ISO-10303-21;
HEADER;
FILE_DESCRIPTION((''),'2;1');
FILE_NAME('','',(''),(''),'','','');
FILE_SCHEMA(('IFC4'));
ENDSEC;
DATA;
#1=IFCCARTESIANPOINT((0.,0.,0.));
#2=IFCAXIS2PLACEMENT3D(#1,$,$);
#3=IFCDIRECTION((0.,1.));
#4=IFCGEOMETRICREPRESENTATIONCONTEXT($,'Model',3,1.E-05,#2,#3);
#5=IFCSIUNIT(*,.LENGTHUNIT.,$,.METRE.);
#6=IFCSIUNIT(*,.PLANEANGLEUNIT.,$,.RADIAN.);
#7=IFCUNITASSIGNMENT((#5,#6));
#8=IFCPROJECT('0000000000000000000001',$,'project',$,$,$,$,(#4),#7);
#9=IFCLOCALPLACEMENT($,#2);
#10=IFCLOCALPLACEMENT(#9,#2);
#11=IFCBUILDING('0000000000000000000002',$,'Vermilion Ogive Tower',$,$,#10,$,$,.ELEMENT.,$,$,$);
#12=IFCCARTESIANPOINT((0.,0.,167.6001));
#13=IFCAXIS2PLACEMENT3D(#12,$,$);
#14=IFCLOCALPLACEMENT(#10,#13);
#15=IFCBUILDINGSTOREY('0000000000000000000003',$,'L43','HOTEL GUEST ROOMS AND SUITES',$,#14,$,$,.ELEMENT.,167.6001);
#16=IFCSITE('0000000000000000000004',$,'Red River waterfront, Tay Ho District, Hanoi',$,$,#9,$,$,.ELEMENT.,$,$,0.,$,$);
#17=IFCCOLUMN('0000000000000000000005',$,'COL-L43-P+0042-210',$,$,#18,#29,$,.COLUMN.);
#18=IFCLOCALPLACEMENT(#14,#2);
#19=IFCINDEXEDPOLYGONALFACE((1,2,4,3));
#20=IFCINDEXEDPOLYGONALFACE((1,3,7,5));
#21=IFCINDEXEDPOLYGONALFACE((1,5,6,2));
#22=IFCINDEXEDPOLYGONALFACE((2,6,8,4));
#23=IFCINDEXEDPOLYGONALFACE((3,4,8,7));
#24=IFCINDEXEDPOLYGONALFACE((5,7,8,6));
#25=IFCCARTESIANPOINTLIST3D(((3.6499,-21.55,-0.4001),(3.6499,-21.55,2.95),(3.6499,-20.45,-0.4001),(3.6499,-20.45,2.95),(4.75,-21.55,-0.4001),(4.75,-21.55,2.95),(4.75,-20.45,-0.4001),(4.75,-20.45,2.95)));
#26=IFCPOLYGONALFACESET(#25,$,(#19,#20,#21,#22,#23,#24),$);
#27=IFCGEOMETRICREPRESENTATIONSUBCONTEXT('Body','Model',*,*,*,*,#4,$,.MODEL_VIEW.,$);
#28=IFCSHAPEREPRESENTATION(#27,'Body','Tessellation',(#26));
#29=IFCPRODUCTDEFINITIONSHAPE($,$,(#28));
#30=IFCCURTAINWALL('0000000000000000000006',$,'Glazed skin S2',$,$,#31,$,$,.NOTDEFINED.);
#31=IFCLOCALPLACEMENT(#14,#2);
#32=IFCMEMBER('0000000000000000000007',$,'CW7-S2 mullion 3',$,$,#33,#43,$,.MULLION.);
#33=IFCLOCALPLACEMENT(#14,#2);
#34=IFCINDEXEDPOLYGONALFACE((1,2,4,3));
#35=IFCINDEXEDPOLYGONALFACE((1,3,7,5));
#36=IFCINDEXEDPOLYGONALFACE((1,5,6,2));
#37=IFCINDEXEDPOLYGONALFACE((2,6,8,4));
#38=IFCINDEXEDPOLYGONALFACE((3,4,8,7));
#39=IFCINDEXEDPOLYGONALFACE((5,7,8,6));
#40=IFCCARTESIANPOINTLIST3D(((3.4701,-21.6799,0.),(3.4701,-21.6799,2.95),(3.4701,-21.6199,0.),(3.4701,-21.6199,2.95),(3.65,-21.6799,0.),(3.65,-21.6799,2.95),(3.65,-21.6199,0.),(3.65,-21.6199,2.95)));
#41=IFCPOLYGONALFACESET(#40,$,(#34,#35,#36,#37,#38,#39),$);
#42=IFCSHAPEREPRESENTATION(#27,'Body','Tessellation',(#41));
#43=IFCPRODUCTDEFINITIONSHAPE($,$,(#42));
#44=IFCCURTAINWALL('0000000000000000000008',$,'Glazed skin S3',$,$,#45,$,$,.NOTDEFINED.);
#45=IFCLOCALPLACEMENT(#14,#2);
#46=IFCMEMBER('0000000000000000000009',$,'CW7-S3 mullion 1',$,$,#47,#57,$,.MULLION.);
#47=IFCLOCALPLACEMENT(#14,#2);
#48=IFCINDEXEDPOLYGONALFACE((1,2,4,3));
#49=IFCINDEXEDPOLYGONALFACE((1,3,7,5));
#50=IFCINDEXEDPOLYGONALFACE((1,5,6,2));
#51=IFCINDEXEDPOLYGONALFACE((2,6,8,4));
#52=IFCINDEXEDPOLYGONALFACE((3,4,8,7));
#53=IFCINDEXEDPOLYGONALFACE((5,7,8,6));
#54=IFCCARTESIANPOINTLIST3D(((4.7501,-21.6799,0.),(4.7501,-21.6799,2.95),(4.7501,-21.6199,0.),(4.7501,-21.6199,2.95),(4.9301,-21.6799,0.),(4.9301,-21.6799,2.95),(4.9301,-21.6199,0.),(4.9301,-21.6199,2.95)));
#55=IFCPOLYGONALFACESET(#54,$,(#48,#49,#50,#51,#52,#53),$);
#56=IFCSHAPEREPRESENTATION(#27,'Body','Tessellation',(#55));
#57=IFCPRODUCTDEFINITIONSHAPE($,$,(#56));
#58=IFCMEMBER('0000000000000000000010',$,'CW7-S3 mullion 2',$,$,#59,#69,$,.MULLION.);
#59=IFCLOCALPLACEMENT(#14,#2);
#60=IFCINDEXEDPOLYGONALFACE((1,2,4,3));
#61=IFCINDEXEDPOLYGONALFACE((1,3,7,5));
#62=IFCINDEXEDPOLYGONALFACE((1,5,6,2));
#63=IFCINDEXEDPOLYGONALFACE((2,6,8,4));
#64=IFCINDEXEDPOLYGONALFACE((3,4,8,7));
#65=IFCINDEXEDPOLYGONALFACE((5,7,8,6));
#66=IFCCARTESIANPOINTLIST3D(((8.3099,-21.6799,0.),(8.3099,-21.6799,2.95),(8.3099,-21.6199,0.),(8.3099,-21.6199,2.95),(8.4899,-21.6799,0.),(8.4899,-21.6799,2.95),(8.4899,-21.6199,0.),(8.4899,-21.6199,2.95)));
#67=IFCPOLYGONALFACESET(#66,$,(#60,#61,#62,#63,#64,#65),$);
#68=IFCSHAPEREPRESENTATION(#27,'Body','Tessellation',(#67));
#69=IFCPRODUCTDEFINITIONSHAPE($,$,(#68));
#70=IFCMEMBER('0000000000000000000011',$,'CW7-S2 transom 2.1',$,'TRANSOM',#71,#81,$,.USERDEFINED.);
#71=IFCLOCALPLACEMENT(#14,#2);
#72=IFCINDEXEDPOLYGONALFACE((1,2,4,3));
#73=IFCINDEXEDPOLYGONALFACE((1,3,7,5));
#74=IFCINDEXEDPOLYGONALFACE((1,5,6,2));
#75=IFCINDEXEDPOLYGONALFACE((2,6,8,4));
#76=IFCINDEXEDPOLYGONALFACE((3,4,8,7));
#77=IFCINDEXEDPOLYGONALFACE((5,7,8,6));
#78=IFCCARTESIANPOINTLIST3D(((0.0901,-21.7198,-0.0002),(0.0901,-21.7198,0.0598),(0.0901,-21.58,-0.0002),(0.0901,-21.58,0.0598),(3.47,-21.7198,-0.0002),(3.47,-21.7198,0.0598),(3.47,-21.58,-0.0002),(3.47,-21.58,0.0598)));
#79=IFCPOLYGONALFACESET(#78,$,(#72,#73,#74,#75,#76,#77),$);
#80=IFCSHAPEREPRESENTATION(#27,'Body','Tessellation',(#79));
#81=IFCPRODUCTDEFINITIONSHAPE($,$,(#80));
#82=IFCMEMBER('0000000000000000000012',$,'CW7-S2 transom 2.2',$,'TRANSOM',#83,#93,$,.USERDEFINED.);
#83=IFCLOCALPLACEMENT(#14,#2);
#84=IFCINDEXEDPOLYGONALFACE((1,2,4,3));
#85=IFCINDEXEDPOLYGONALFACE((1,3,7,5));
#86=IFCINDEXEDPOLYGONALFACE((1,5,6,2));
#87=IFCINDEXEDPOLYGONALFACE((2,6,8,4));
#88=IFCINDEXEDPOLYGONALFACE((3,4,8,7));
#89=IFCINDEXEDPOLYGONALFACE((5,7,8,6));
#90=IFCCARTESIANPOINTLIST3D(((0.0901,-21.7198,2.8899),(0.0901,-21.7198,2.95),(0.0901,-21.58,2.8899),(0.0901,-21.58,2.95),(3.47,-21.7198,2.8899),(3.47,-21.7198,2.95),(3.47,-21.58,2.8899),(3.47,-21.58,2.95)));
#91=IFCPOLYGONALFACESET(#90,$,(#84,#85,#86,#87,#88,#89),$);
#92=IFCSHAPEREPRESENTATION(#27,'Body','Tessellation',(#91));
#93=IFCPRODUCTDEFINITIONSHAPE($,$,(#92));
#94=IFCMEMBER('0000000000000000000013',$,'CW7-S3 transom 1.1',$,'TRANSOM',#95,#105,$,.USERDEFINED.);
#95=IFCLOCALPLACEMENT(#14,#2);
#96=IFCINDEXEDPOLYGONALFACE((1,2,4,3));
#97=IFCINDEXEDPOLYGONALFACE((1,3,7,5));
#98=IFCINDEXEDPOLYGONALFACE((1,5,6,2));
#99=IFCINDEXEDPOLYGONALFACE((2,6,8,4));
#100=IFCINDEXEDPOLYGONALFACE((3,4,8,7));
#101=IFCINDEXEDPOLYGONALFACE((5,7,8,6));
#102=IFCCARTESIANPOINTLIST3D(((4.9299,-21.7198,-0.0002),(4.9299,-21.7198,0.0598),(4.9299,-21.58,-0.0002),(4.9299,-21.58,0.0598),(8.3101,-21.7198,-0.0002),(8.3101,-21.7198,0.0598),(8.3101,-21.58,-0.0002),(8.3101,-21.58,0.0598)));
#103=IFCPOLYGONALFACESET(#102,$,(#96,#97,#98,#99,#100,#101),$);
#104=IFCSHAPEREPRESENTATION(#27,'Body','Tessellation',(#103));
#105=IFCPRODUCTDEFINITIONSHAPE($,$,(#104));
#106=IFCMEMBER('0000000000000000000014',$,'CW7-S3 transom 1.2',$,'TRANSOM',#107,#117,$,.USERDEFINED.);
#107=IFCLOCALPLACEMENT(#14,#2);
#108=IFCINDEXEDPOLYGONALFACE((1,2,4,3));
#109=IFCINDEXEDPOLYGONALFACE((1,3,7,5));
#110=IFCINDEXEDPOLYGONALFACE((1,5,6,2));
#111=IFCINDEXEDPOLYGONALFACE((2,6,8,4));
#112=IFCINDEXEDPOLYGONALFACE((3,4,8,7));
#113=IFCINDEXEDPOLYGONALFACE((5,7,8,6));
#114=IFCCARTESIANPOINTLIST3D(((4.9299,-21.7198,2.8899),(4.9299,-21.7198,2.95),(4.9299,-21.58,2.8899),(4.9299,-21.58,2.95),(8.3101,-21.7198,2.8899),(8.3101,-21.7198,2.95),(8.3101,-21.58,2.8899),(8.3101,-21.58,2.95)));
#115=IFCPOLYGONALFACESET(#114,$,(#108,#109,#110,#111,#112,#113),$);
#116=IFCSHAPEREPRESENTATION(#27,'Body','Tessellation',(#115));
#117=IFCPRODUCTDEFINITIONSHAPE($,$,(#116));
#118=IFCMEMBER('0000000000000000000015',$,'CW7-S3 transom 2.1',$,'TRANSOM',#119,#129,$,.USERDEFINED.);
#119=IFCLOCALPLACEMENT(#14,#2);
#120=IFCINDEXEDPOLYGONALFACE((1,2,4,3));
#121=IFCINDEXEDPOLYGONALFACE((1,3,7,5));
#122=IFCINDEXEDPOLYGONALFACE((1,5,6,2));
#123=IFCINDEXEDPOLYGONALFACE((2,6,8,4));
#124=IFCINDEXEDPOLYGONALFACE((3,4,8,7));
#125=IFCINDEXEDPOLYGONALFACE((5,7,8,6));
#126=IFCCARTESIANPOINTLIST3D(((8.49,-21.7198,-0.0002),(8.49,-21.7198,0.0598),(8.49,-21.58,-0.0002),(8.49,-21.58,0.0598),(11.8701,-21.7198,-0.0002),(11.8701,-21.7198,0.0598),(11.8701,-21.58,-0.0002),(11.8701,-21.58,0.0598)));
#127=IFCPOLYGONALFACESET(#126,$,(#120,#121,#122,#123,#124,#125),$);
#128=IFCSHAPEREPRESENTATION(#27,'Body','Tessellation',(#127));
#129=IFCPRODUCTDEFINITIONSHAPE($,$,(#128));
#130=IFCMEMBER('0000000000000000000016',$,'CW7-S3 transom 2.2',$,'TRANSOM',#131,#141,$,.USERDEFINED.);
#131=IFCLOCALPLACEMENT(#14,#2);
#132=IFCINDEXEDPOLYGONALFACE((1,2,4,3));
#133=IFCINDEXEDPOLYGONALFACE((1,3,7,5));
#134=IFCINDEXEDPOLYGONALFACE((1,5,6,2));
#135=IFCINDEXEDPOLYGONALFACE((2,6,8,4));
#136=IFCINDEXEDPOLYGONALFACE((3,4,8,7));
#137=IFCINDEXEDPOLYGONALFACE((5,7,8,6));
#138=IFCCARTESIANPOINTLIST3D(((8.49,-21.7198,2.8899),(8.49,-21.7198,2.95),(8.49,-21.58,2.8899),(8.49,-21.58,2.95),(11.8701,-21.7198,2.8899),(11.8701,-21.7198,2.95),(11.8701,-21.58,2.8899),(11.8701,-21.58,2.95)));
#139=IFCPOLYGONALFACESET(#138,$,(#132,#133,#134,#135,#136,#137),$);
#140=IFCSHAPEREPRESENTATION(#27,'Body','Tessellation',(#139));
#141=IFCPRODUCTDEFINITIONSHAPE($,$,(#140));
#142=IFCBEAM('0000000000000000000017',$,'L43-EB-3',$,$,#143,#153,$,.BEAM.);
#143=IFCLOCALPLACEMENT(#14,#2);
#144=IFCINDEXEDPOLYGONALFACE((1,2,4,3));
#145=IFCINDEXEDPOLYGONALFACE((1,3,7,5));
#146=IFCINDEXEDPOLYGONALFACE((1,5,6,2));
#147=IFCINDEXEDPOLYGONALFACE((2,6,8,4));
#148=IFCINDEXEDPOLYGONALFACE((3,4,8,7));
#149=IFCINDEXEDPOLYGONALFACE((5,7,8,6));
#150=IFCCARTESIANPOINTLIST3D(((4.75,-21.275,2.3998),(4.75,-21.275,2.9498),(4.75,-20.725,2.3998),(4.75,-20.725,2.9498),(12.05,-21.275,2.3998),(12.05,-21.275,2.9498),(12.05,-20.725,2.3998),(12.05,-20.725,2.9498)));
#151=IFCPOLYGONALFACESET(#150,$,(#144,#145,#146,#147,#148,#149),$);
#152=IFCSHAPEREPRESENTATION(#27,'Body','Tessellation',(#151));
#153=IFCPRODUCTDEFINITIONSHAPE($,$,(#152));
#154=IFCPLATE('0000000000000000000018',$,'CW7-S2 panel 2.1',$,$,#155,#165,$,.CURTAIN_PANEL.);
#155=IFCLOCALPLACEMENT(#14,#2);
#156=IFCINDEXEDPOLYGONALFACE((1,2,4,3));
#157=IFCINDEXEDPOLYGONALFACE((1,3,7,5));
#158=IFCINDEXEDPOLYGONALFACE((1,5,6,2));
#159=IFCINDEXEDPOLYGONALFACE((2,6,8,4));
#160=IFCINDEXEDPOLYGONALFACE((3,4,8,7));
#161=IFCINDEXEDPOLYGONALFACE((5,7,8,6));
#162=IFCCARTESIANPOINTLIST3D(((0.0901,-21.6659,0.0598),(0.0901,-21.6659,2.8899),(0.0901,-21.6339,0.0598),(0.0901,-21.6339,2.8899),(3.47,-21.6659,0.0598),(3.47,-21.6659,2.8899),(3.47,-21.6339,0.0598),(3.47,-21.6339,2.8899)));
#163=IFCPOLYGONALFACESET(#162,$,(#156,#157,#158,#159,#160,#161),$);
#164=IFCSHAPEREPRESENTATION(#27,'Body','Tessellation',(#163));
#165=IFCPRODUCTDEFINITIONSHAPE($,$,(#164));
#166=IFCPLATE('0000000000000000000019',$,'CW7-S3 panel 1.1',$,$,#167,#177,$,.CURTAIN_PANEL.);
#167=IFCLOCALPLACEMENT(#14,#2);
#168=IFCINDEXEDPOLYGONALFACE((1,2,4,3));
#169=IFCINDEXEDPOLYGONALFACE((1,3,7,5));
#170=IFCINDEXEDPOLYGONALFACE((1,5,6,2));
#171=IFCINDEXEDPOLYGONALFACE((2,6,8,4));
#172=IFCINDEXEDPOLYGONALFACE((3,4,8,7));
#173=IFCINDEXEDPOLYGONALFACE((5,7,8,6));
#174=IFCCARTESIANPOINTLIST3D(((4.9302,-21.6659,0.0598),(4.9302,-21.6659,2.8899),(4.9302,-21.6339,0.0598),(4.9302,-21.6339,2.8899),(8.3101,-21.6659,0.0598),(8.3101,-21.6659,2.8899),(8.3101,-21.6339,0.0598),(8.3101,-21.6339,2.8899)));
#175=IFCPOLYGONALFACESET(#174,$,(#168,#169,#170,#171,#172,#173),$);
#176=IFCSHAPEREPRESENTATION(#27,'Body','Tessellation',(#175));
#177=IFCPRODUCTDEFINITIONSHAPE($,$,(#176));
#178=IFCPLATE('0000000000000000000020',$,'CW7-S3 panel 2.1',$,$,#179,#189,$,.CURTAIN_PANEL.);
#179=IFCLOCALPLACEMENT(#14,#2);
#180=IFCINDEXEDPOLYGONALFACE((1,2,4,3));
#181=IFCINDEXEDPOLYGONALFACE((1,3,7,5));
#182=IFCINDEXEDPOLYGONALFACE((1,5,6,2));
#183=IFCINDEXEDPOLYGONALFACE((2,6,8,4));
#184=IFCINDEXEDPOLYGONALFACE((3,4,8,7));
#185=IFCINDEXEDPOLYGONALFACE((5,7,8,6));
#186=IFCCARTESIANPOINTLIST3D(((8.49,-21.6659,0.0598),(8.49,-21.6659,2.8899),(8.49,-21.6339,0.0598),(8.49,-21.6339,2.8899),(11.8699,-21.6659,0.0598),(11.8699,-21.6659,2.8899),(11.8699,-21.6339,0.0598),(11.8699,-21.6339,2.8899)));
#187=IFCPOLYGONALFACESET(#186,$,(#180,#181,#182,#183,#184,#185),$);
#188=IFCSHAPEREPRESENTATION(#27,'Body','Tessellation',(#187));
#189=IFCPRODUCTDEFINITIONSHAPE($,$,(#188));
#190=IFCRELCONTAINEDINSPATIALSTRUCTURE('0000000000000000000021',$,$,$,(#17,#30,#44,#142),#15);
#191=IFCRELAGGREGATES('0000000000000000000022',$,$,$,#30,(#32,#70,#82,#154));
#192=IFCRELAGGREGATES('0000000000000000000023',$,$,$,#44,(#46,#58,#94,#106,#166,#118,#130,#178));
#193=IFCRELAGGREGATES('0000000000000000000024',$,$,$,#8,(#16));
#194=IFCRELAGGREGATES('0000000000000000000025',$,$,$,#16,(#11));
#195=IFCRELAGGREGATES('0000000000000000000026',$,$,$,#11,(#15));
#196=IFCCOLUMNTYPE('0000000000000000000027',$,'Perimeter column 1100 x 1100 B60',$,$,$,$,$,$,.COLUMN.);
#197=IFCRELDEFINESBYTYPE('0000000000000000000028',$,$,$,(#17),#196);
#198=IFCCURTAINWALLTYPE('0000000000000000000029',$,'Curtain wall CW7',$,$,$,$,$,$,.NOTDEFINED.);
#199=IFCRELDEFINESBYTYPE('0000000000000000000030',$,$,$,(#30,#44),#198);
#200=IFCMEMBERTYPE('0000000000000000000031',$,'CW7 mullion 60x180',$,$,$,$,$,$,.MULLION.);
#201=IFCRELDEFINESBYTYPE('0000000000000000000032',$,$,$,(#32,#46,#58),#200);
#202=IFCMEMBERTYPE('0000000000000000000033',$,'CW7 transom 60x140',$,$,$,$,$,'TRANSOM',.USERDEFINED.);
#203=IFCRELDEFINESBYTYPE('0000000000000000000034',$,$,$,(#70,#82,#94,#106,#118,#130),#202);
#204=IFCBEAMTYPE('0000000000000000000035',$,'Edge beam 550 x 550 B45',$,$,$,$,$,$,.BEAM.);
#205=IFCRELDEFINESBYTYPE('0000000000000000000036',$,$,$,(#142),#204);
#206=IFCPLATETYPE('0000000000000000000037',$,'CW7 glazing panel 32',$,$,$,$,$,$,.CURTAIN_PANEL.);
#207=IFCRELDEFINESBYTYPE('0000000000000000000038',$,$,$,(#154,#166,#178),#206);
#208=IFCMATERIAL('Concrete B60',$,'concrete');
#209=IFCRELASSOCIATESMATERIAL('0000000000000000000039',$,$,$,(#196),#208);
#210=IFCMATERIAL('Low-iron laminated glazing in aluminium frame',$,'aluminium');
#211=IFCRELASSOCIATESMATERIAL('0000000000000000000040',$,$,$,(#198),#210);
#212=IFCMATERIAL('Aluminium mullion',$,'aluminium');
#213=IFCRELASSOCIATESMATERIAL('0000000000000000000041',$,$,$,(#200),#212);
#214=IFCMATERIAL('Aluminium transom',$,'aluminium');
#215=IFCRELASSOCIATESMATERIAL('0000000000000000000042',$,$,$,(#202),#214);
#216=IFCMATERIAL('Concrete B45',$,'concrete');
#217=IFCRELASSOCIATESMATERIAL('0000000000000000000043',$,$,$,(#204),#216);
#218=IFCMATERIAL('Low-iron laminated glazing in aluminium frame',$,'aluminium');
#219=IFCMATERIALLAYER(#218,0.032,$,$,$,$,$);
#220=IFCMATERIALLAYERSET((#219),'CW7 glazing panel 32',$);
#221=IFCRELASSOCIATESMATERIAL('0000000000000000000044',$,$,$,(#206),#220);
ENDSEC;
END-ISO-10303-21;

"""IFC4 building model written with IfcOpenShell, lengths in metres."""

from ifc_helpers import new_model, si_unit, direction, frame, origin, origin_2d, place, context, subcontext, project, spatial, rectangle, extrude, material, layer, layer_set, material_profile, profile_set, type_object, element, aggregate, save


model = new_model("IFC4")

# Units and contexts
model_context = context("Model", 3, precision=1e-05, world=origin(), true_north=direction((0.0, 1.0)))
body_context = subcontext(model_context, "Body", "Model", "MODEL_VIEW")
ifc_project = project(units=[si_unit("LENGTHUNIT", "METRE"), si_unit("PLANEANGLEUNIT", "RADIAN")], contexts=[model_context])

# Site, building, storey
site_placement = place(None, origin())
site = spatial("IfcSite", under=ifc_project, at=site_placement, Name="Red River waterfront, Tay Ho District, Hanoi", CompositionType="ELEMENT", RefElevation=0.0)
building_placement = place(site_placement, origin())
building = spatial("IfcBuilding", under=site, at=building_placement, Name="Vermilion Ogive Tower", CompositionType="ELEMENT")
storey_placement = place(building_placement, frame((0.0, 0.0, 167.6001)))
storey = spatial("IfcBuildingStorey", under=building, at=storey_placement, Name="L43", Description="HOTEL GUEST ROOMS AND SUITES", CompositionType="ELEMENT", Elevation=167.6001)

# Column
ifc_material_1 = material(Name="Concrete B60", Category="concrete")
ifc_material_profile_1 = material_profile(ifc_material_1, rectangle(XDim=1.1001, YDim=1.1001, at=origin_2d()), Name="1100 x 1100")
ifc_profile_set_1 = profile_set([ifc_material_profile_1], Name="Concrete B60")
column_type = type_object("IfcColumnType", Name="Perimeter column 1100 x 1100 B60", PredefinedType="COLUMN", material=ifc_profile_set_1)
column_placement = place(storey_placement, frame((4.2, -21.0, -0.4001), z_axis=(0.0, 0.0, 1.0), x_axis=(1.0, 0.0, 0.0)))
element("IfcColumn", 1, at=column_placement, inside=storey, type_object=column_type, Name="COL-L43-P+0042-210", PredefinedType="COLUMN", context=body_context, shape_type="SweptSolid", body=[
    extrude(rectangle(XDim=1.1001, YDim=1.1001, at=origin_2d()), origin(), (0.0, 0.0, 1.0), 3.3501),
])

# Curtain wall, member
ifc_material_2 = material(Name="Low-iron laminated glazing in aluminium frame", Category="aluminium")
curtain_wall_type = type_object("IfcCurtainWallType", Name="Curtain wall CW7", PredefinedType="NOTDEFINED", material=ifc_material_2)
curtain_wall_1_placement = place(storey_placement, origin())
curtain_wall_1 = element("IfcCurtainWall", 2, at=curtain_wall_1_placement, inside=storey, type_object=curtain_wall_type, Name="Glazed skin S2", PredefinedType="NOTDEFINED")
ifc_material_3 = material(Name="Aluminium mullion", Category="aluminium")
ifc_material_profile_2 = material_profile(ifc_material_3, rectangle(XDim=0.0601, YDim=0.1799, at=origin_2d()), Name="AL 60x180")
ifc_profile_set_2 = profile_set([ifc_material_profile_2], Name="Aluminium mullion")
member_type_1 = type_object("IfcMemberType", Name="CW7 mullion 60x180", PredefinedType="MULLION", material=ifc_profile_set_2)
member_1_placement = place(storey_placement, frame((3.5601, -21.6499, 0.0), z_axis=(0.0, 0.0, 1.0), x_axis=(0.0, 1.0, 0.0)))
member_1 = element("IfcMember", 3, at=member_1_placement, type_object=member_type_1, Name="CW7-S2 mullion 3", PredefinedType="MULLION", context=body_context, shape_type="SweptSolid", body=[
    extrude(rectangle(XDim=0.0601, YDim=0.1799, at=origin_2d()), origin(), (0.0, 0.0, 1.0), 2.95),
])

# Curtain wall, members
curtain_wall_2_placement = place(storey_placement, origin())
curtain_wall_2 = element("IfcCurtainWall", 4, at=curtain_wall_2_placement, inside=storey, type_object=curtain_wall_type, Name="Glazed skin S3", PredefinedType="NOTDEFINED")
member_2_placement = place(storey_placement, frame((4.8401, -21.6499, 0.0), z_axis=(0.0, 0.0, 1.0), x_axis=(0.0, 1.0, 0.0)))
member_2 = element("IfcMember", 5, at=member_2_placement, type_object=member_type_1, Name="CW7-S3 mullion 1", PredefinedType="MULLION", context=body_context, shape_type="SweptSolid", body=[
    extrude(rectangle(XDim=0.0601, YDim=0.1799, at=origin_2d()), origin(), (0.0, 0.0, 1.0), 2.95),
])
member_3_placement = place(storey_placement, frame((8.3999, -21.6499, 0.0), z_axis=(0.0, 0.0, 1.0), x_axis=(0.0, 1.0, 0.0)))
member_3 = element("IfcMember", 6, at=member_3_placement, type_object=member_type_1, Name="CW7-S3 mullion 2", PredefinedType="MULLION", context=body_context, shape_type="SweptSolid", body=[
    extrude(rectangle(XDim=0.0601, YDim=0.1799, at=origin_2d()), origin(), (0.0, 0.0, 1.0), 2.95),
])

# Members
ifc_material_4 = material(Name="Aluminium transom", Category="aluminium")
ifc_material_profile_3 = material_profile(ifc_material_4, rectangle(XDim=0.1399, YDim=0.0601, at=origin_2d()), Name="AL 60x140")
ifc_profile_set_3 = profile_set([ifc_material_profile_3], Name="Aluminium transom")
member_type_2 = type_object("IfcMemberType", Name="CW7 transom 60x140", ElementType="TRANSOM", PredefinedType="USERDEFINED", material=ifc_profile_set_3)
member_4_placement = place(storey_placement, frame((0.0901, -21.6499, 0.0298), z_axis=(1.0, 0.0, 0.0), x_axis=(0.0, 1.0, 0.0)))
member_4 = element("IfcMember", 7, at=member_4_placement, type_object=member_type_2, Name="CW7-S2 transom 2.1", ObjectType="TRANSOM", PredefinedType="USERDEFINED", context=body_context, shape_type="SweptSolid", body=[
    extrude(rectangle(XDim=0.1399, YDim=0.0601, at=origin_2d()), origin(), (0.0, 0.0, 1.0), 3.3799),
])
member_5_placement = place(storey_placement, frame((0.0901, -21.6499, 2.9199), z_axis=(1.0, 0.0, 0.0), x_axis=(0.0, 1.0, 0.0)))
member_5 = element("IfcMember", 8, at=member_5_placement, type_object=member_type_2, Name="CW7-S2 transom 2.2", ObjectType="TRANSOM", PredefinedType="USERDEFINED", context=body_context, shape_type="SweptSolid", body=[
    extrude(rectangle(XDim=0.1399, YDim=0.0601, at=origin_2d()), origin(), (0.0, 0.0, 1.0), 3.3799),
])
member_6_placement = place(storey_placement, frame((4.9299, -21.6499, 0.0298), z_axis=(1.0, 0.0, 0.0), x_axis=(0.0, 1.0, 0.0)))
member_6 = element("IfcMember", 9, at=member_6_placement, type_object=member_type_2, Name="CW7-S3 transom 1.1", ObjectType="TRANSOM", PredefinedType="USERDEFINED", context=body_context, shape_type="SweptSolid", body=[
    extrude(rectangle(XDim=0.1399, YDim=0.0601, at=origin_2d()), origin(), (0.0, 0.0, 1.0), 3.3801),
])
member_7_placement = place(storey_placement, frame((4.9299, -21.6499, 2.9199), z_axis=(1.0, 0.0, 0.0), x_axis=(0.0, 1.0, 0.0)))
member_7 = element("IfcMember", 10, at=member_7_placement, type_object=member_type_2, Name="CW7-S3 transom 1.2", ObjectType="TRANSOM", PredefinedType="USERDEFINED", context=body_context, shape_type="SweptSolid", body=[
    extrude(rectangle(XDim=0.1399, YDim=0.0601, at=origin_2d()), origin(), (0.0, 0.0, 1.0), 3.3801),
])
member_8_placement = place(storey_placement, frame((8.49, -21.6499, 0.0298), z_axis=(1.0, 0.0, 0.0), x_axis=(0.0, 1.0, 0.0)))
member_8 = element("IfcMember", 11, at=member_8_placement, type_object=member_type_2, Name="CW7-S3 transom 2.1", ObjectType="TRANSOM", PredefinedType="USERDEFINED", context=body_context, shape_type="SweptSolid", body=[
    extrude(rectangle(XDim=0.1399, YDim=0.0601, at=origin_2d()), origin(), (0.0, 0.0, 1.0), 3.3801),
])
member_9_placement = place(storey_placement, frame((8.49, -21.6499, 2.9199), z_axis=(1.0, 0.0, 0.0), x_axis=(0.0, 1.0, 0.0)))
member_9 = element("IfcMember", 12, at=member_9_placement, type_object=member_type_2, Name="CW7-S3 transom 2.2", ObjectType="TRANSOM", PredefinedType="USERDEFINED", context=body_context, shape_type="SweptSolid", body=[
    extrude(rectangle(XDim=0.1399, YDim=0.0601, at=origin_2d()), origin(), (0.0, 0.0, 1.0), 3.3801),
])

# Beam
ifc_material_5 = material(Name="Concrete B45", Category="concrete")
ifc_material_profile_4 = material_profile(ifc_material_5, rectangle(XDim=0.55, YDim=0.55, at=origin_2d()), Name="550 x 550")
ifc_profile_set_4 = profile_set([ifc_material_profile_4], Name="Concrete B45")
beam_type = type_object("IfcBeamType", Name="Edge beam 550 x 550 B45", PredefinedType="BEAM", material=ifc_profile_set_4)
beam_placement = place(storey_placement, frame((4.75, -21.0, 2.6748), z_axis=(1.0, 0.0, 0.0), x_axis=(0.0, 1.0, 0.0)))
element("IfcBeam", 13, at=beam_placement, inside=storey, type_object=beam_type, Name="L43-EB-3", PredefinedType="BEAM", context=body_context, shape_type="SweptSolid", body=[
    extrude(rectangle(XDim=0.55, YDim=0.55, at=origin_2d()), origin(), (0.0, 0.0, 1.0), 7.3),
])

# Plates
ifc_material_6 = material(Name="Low-iron laminated glazing in aluminium frame", Category="aluminium")
ifc_layer_1 = layer(ifc_material_6, 0.032)
ifc_layer_set_1 = layer_set([ifc_layer_1], Name="CW7 glazing panel 32")
plate_type = type_object("IfcPlateType", Name="CW7 glazing panel 32", PredefinedType="CURTAIN_PANEL", material=ifc_layer_set_1)
plate_1_placement = place(storey_placement, frame((1.78, -21.6499, 0.0598), z_axis=(0.0, 0.0, 1.0), x_axis=(1.0, 0.0, 0.0)))
plate_1 = element("IfcPlate", 14, at=plate_1_placement, type_object=plate_type, Name="CW7-S2 panel 2.1", PredefinedType="CURTAIN_PANEL", context=body_context, shape_type="SweptSolid", body=[
    extrude(rectangle(XDim=3.3799, YDim=0.032, at=origin_2d()), origin(), (0.0, 0.0, 1.0), 2.8301),
])
aggregate(curtain_wall_1, [member_1, member_4, member_5, plate_1])
plate_2_placement = place(storey_placement, frame((6.6201, -21.6499, 0.0598), z_axis=(0.0, 0.0, 1.0), x_axis=(1.0, 0.0, 0.0)))
plate_2 = element("IfcPlate", 15, at=plate_2_placement, type_object=plate_type, Name="CW7-S3 panel 1.1", PredefinedType="CURTAIN_PANEL", context=body_context, shape_type="SweptSolid", body=[
    extrude(rectangle(XDim=3.3799, YDim=0.032, at=origin_2d()), origin(), (0.0, 0.0, 1.0), 2.8301),
])
plate_3_placement = place(storey_placement, frame((10.1799, -21.6499, 0.0598), z_axis=(0.0, 0.0, 1.0), x_axis=(1.0, 0.0, 0.0)))
plate_3 = element("IfcPlate", 16, at=plate_3_placement, type_object=plate_type, Name="CW7-S3 panel 2.1", PredefinedType="CURTAIN_PANEL", context=body_context, shape_type="SweptSolid", body=[
    extrude(rectangle(XDim=3.3799, YDim=0.032, at=origin_2d()), origin(), (0.0, 0.0, 1.0), 2.8301),
])
aggregate(curtain_wall_2, [member_2, member_3, member_6, member_7, plate_2, member_8, member_9, plate_3])

save(model, "model.ifc")
